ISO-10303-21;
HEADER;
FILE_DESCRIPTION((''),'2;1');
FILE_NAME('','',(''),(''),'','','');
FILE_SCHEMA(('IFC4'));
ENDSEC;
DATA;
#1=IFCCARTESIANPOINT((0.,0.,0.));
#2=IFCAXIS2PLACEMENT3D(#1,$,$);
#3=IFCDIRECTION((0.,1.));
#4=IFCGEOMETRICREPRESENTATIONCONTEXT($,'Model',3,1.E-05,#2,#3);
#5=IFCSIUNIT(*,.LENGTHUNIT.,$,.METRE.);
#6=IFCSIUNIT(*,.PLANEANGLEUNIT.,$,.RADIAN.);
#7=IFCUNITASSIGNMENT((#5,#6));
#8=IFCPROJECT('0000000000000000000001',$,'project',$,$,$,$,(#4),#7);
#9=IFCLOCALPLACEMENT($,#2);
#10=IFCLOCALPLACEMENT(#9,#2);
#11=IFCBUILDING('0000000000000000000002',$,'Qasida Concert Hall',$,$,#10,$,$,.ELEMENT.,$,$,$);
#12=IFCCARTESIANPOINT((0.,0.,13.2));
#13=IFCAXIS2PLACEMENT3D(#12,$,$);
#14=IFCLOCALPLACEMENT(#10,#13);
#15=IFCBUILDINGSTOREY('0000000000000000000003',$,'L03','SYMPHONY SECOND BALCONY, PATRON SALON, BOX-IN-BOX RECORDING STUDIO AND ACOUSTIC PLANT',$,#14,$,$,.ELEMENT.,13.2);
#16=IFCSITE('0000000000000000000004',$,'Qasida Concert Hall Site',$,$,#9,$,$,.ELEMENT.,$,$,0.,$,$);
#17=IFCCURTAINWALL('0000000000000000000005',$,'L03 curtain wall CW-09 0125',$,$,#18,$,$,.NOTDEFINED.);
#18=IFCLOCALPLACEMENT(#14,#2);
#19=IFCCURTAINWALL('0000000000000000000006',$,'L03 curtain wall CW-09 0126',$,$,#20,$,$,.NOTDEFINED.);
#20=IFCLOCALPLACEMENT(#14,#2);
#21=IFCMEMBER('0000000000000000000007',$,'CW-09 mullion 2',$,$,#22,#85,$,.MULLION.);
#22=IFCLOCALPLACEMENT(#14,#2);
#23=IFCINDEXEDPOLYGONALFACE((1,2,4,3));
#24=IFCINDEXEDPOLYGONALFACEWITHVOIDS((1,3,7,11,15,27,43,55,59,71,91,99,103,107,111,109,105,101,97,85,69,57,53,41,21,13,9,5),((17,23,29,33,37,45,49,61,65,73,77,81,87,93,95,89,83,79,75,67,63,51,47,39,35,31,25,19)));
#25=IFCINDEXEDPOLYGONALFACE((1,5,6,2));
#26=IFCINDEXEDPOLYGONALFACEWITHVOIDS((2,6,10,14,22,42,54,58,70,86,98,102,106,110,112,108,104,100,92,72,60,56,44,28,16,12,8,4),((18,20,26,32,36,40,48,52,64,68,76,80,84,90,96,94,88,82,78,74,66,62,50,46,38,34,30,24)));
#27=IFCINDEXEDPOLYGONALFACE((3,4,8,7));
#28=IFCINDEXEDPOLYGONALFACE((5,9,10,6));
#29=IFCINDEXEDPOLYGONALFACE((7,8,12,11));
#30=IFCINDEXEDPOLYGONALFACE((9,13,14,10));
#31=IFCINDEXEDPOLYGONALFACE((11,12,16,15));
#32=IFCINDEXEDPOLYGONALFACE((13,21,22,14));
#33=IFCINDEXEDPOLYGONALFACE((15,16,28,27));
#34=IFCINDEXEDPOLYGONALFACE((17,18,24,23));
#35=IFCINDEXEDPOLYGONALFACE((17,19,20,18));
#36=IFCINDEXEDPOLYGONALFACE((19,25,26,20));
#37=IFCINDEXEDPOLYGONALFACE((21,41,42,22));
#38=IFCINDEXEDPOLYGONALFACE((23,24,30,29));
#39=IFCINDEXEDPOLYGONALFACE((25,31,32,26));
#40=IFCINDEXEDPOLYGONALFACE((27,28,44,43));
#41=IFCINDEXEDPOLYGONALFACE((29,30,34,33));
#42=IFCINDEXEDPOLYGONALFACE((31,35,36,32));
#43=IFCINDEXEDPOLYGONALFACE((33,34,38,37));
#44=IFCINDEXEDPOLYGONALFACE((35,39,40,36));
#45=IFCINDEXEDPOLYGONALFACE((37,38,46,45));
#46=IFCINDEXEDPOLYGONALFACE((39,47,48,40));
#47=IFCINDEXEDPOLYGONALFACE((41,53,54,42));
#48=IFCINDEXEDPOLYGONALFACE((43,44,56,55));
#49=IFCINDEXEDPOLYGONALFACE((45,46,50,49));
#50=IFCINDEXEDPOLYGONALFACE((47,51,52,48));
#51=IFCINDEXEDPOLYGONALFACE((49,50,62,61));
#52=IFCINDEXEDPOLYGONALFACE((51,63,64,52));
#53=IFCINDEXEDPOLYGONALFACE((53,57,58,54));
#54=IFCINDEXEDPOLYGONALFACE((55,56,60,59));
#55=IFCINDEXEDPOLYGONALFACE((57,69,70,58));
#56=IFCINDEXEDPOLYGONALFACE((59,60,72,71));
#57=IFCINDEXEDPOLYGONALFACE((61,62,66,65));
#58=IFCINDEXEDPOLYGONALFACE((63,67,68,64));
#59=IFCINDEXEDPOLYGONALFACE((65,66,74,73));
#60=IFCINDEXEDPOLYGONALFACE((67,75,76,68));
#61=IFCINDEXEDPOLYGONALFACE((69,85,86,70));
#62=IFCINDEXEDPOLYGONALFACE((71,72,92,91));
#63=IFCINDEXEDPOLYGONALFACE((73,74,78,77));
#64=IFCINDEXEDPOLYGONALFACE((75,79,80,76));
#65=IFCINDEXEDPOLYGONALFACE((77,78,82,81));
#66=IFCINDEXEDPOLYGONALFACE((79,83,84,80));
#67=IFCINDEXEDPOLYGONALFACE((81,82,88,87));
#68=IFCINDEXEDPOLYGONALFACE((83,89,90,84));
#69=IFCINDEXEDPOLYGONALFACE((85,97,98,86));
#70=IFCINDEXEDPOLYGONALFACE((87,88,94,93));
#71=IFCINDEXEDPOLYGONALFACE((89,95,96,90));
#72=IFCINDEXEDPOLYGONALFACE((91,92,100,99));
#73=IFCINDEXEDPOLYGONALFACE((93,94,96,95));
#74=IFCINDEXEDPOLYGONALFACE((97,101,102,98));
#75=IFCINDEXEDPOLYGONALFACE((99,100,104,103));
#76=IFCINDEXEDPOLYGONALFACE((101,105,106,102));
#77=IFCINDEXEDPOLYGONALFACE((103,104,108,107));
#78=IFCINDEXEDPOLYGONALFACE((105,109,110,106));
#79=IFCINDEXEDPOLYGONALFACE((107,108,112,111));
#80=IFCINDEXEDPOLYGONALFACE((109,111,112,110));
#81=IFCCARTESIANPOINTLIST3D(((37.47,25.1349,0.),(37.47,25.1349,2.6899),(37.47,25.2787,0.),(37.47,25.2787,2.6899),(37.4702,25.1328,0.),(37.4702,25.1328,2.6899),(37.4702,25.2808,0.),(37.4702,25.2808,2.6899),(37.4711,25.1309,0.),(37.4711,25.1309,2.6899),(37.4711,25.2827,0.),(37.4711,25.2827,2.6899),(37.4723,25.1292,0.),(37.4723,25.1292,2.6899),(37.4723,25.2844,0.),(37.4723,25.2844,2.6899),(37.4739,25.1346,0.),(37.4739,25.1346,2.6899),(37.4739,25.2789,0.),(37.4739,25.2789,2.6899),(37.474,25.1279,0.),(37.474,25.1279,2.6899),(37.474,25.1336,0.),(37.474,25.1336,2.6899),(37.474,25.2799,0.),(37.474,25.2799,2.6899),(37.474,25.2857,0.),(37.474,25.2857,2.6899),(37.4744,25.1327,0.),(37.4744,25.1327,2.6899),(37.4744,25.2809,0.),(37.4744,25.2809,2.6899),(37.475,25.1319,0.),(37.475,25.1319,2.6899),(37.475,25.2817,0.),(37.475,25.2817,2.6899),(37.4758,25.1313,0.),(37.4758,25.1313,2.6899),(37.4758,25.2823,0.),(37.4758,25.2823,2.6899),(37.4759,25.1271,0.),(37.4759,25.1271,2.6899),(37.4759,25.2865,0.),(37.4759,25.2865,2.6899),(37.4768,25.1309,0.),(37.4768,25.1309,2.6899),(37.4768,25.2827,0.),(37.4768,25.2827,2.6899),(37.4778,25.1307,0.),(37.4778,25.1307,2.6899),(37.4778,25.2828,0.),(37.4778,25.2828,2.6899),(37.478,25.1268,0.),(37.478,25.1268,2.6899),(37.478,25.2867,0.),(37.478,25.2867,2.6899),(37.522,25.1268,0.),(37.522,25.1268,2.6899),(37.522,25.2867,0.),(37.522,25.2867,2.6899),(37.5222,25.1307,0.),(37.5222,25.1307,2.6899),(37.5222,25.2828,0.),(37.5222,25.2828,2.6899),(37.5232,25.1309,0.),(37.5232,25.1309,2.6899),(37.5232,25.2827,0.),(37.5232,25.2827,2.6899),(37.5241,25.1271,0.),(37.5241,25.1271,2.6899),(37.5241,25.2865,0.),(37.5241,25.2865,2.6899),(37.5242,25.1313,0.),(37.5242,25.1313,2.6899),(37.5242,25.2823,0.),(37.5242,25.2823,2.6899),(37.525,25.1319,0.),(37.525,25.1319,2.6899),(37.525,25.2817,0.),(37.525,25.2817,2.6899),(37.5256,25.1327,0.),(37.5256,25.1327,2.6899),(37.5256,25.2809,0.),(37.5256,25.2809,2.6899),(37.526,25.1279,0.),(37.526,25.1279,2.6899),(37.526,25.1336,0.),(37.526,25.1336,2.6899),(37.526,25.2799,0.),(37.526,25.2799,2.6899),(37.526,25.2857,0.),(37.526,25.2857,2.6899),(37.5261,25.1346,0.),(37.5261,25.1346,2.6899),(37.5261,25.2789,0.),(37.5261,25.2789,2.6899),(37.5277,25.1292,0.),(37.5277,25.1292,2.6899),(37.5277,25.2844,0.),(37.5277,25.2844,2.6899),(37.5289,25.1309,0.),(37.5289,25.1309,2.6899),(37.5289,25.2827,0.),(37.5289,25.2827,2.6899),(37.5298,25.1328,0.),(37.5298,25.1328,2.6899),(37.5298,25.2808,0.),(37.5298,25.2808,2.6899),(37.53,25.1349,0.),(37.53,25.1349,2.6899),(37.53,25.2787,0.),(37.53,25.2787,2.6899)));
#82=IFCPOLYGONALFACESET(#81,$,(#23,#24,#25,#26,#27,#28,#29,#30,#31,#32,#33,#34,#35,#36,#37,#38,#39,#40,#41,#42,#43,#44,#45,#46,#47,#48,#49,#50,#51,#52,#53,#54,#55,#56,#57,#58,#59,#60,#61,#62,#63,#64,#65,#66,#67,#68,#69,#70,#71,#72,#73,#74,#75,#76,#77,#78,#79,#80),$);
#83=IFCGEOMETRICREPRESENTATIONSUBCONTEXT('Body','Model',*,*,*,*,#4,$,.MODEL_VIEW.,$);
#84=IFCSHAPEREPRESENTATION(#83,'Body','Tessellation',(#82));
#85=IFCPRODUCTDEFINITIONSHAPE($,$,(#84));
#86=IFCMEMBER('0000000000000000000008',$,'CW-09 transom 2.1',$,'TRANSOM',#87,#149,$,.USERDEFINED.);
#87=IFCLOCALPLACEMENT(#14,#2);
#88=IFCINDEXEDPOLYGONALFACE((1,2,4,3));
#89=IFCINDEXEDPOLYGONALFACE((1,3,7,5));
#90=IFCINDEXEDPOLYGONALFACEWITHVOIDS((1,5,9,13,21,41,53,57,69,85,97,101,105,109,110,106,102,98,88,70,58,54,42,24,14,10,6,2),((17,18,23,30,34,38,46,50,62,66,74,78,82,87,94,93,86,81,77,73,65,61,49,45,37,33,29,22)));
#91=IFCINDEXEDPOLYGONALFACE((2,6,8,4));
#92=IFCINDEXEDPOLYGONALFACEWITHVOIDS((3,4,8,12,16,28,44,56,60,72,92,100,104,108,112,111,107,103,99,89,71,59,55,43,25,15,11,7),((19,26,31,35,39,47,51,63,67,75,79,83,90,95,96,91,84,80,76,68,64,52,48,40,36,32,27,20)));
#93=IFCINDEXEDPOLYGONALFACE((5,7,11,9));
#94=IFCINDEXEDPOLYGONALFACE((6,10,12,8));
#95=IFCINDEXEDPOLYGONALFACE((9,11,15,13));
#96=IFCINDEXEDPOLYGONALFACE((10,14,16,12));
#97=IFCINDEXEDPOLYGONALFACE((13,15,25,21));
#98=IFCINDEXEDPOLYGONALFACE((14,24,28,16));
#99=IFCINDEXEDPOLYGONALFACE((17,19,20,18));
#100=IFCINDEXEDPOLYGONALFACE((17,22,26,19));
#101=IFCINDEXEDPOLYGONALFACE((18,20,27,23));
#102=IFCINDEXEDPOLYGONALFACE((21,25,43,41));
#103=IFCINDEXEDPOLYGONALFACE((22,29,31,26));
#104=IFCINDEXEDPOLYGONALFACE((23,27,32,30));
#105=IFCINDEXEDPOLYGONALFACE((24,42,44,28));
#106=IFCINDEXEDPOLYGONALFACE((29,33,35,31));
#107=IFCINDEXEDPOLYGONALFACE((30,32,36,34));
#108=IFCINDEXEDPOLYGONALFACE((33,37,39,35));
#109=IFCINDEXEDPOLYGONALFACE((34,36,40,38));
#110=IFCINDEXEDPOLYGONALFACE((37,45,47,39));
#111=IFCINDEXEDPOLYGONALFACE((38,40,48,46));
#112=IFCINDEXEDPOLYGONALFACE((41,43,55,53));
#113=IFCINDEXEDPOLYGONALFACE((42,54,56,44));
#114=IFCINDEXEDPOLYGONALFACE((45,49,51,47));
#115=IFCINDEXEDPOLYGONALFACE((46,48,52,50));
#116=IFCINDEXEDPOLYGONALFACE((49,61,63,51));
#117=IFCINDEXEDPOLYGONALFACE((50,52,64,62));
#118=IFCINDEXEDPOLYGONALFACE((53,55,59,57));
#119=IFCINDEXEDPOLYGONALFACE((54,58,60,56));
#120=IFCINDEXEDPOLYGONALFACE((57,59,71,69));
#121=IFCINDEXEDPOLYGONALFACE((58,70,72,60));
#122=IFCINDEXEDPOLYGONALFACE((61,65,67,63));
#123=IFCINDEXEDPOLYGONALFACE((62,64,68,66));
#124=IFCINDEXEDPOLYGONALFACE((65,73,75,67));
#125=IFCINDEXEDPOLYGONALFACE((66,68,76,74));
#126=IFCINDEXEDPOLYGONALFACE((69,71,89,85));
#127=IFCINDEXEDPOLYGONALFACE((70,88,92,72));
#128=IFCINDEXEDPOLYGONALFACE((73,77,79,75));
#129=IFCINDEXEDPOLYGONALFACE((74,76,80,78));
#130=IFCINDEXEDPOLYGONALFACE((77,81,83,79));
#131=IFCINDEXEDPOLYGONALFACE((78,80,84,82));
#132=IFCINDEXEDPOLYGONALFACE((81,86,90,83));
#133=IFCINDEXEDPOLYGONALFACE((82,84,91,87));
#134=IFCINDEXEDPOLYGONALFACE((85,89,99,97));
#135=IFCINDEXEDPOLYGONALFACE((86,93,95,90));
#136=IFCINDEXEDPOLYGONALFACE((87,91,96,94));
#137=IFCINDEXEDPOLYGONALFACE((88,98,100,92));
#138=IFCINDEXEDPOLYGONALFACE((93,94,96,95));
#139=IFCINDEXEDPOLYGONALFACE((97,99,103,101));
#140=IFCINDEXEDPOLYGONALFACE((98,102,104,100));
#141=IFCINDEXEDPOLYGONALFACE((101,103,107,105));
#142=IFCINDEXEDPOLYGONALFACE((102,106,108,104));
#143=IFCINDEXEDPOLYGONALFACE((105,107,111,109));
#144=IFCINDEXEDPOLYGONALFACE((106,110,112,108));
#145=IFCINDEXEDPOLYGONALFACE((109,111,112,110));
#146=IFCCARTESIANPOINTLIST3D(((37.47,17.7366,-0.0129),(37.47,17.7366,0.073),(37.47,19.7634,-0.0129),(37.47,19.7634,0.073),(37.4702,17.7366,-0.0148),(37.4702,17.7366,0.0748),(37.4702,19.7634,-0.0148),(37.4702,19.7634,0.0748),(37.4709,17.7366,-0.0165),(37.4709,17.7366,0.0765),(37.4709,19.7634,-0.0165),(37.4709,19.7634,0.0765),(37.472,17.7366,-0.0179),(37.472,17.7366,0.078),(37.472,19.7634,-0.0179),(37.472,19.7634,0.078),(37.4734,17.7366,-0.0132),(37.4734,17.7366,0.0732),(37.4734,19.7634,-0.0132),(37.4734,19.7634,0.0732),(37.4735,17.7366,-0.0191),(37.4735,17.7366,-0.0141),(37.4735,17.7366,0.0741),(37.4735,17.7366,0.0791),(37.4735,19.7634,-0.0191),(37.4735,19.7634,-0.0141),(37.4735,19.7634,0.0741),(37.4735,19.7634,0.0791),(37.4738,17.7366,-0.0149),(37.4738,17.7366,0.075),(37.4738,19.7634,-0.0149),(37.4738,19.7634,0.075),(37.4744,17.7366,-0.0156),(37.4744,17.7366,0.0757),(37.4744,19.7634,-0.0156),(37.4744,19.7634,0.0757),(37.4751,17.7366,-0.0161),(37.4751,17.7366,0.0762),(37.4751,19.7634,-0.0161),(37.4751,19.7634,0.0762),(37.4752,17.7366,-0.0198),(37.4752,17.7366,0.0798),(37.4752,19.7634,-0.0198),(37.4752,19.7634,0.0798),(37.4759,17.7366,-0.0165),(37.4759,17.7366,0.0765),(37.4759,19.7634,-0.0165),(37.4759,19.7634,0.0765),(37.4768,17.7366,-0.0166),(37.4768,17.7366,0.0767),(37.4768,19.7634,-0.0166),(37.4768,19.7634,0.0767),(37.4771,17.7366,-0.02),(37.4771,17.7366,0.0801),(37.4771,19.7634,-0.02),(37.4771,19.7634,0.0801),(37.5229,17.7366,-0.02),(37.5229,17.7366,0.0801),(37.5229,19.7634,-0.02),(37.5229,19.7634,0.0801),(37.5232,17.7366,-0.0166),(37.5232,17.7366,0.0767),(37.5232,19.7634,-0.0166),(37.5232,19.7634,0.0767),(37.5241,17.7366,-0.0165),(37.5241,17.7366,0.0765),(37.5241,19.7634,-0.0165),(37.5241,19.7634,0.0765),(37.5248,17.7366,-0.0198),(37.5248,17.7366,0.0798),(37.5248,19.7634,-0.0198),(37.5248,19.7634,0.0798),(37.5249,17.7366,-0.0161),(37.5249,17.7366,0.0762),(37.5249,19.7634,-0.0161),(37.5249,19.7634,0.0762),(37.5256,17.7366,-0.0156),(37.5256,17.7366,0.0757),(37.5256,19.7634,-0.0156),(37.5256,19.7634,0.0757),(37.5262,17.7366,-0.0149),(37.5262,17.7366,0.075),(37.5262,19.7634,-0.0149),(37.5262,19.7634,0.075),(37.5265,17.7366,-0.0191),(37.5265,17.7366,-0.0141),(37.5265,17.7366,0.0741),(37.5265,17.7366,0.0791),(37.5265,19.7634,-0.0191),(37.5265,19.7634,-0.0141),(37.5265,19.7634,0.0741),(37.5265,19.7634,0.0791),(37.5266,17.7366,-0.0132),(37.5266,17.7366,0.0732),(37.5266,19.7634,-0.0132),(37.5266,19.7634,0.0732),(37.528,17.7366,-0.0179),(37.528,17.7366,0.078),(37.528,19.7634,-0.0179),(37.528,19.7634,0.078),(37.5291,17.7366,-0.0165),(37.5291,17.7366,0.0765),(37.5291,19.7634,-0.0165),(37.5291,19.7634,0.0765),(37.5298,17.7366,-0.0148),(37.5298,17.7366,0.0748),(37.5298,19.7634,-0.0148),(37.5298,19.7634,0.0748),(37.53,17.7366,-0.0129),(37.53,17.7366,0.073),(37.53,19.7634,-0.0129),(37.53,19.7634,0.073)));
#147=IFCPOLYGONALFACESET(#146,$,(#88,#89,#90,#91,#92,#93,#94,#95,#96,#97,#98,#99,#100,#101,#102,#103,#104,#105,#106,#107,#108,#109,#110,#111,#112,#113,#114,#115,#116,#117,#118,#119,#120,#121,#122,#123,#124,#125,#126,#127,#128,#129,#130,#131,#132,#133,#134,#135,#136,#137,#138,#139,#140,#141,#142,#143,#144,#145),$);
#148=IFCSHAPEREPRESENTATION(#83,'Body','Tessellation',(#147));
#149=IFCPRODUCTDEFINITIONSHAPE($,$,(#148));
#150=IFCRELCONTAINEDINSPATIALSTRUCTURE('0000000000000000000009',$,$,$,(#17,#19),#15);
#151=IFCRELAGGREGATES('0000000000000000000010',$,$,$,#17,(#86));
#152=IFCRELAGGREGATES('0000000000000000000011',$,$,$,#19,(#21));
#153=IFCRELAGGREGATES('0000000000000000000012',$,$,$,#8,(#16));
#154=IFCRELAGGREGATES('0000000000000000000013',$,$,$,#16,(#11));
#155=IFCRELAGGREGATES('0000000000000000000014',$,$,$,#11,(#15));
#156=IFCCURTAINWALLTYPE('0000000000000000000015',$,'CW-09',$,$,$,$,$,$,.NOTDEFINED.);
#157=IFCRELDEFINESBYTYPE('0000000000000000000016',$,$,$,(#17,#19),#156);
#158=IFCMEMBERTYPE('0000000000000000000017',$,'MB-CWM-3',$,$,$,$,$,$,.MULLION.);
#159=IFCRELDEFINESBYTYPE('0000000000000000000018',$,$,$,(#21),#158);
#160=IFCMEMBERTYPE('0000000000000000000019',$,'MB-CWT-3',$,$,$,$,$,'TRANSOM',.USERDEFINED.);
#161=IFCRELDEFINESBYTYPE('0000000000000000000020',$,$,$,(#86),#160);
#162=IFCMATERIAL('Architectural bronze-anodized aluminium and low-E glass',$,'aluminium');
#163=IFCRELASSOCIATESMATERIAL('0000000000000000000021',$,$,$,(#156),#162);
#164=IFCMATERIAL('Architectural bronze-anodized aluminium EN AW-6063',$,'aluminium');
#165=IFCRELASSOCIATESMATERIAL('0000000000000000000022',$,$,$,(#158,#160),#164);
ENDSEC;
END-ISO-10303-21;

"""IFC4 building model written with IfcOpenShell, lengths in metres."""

from ifc_helpers import new_model, si_unit, direction, frame, origin, origin_2d, place, context, subcontext, project, spatial, hollow_rectangle, extrude, material, material_profile, profile_set, type_object, element, aggregate, save


model = new_model("IFC4")

# Units and contexts
model_context = context("Model", 3, precision=1e-05, world=origin(), true_north=direction((0.0, 1.0)))
body_context = subcontext(model_context, "Body", "Model", "MODEL_VIEW")
ifc_project = project(units=[si_unit("LENGTHUNIT", "METRE"), si_unit("PLANEANGLEUNIT", "RADIAN")], contexts=[model_context])

# Site, building, storey
site_placement = place(None, origin())
site = spatial("IfcSite", under=ifc_project, at=site_placement, Name="Qasida Concert Hall Site", CompositionType="ELEMENT", RefElevation=0.0)
building_placement = place(site_placement, origin())
building = spatial("IfcBuilding", under=site, at=building_placement, Name="Qasida Concert Hall", CompositionType="ELEMENT")
storey_placement = place(building_placement, frame((0.0, 0.0, 13.2)))
storey = spatial("IfcBuildingStorey", under=building, at=storey_placement, Name="L03", Description="SYMPHONY SECOND BALCONY, PATRON SALON, BOX-IN-BOX RECORDING STUDIO AND ACOUSTIC PLANT", CompositionType="ELEMENT", Elevation=13.2)

# Curtain walls, member
ifc_material_1 = material(Name="Architectural bronze-anodized aluminium and low-E glass", Category="aluminium")
curtain_wall_type = type_object("IfcCurtainWallType", Name="CW-09", PredefinedType="NOTDEFINED", material=ifc_material_1)
curtain_wall_1_placement = place(storey_placement, origin())
curtain_wall_1 = element("IfcCurtainWall", 1, at=curtain_wall_1_placement, inside=storey, type_object=curtain_wall_type, Name="L03 curtain wall CW-09 0125", PredefinedType="NOTDEFINED")
ifc_material_2 = material(Name="Architectural bronze-anodized aluminium EN AW-6063", Category="aluminium")
ifc_material_profile_1 = material_profile(ifc_material_2, hollow_rectangle(XDim=0.0601, YDim=0.1599, WallThickness=0.0039, InnerFilletRadius=0.0039, OuterFilletRadius=0.0081, at=origin_2d()), Name="CWM 160x60x4")
ifc_profile_set_1 = profile_set([ifc_material_profile_1], Name="Architectural bronze-anodized aluminium EN AW-6063")
member_type_1 = type_object("IfcMemberType", Name="MB-CWM-3", PredefinedType="MULLION", material=ifc_profile_set_1)
curtain_wall_2_placement = place(storey_placement, origin())
curtain_wall_2 = element("IfcCurtainWall", 2, at=curtain_wall_2_placement, inside=storey, type_object=curtain_wall_type, Name="L03 curtain wall CW-09 0126", PredefinedType="NOTDEFINED")
member_1_placement = place(storey_placement, frame((37.5, 25.2068, 0.0), z_axis=(0.0, 0.0, 1.0), x_axis=(-1.0, 0.0, 0.0)))
member_1 = element("IfcMember", 3, at=member_1_placement, type_object=member_type_1, Name="CW-09 mullion 2", PredefinedType="MULLION", context=body_context, shape_type="SweptSolid", body=[
    extrude(hollow_rectangle(XDim=0.0601, YDim=0.1599, WallThickness=0.0039, InnerFilletRadius=0.0039, OuterFilletRadius=0.0081, at=origin_2d()), origin(), (0.0, 0.0, 1.0), 2.6899),
])

# Member
ifc_material_profile_2 = material_profile(ifc_material_2, hollow_rectangle(XDim=0.0601, YDim=0.1001, WallThickness=0.0034, InnerFilletRadius=0.0034, OuterFilletRadius=0.0071, at=origin_2d()), Name="CWT 100x60x3.5")
ifc_profile_set_2 = profile_set([ifc_material_profile_2], Name="Architectural bronze-anodized aluminium EN AW-6063")
member_type_2 = type_object("IfcMemberType", Name="MB-CWT-3", ElementType="TRANSOM", PredefinedType="USERDEFINED", material=ifc_profile_set_2)
member_2_placement = place(storey_placement, frame((37.5, 17.7366, 0.03), z_axis=(0.0, 1.0, 0.0), x_axis=(-1.0, 0.0, 0.0)))
member_2 = element("IfcMember", 4, at=member_2_placement, type_object=member_type_2, Name="CW-09 transom 2.1", ObjectType="TRANSOM", PredefinedType="USERDEFINED", context=body_context, shape_type="SweptSolid", body=[
    extrude(hollow_rectangle(XDim=0.0601, YDim=0.1001, WallThickness=0.0034, InnerFilletRadius=0.0034, OuterFilletRadius=0.0071, at=origin_2d()), origin(), (0.0, 0.0, 1.0), 2.0269),
])

aggregate(curtain_wall_1, [member_2])
aggregate(curtain_wall_2, [member_1])

save(model, "model.ifc")
